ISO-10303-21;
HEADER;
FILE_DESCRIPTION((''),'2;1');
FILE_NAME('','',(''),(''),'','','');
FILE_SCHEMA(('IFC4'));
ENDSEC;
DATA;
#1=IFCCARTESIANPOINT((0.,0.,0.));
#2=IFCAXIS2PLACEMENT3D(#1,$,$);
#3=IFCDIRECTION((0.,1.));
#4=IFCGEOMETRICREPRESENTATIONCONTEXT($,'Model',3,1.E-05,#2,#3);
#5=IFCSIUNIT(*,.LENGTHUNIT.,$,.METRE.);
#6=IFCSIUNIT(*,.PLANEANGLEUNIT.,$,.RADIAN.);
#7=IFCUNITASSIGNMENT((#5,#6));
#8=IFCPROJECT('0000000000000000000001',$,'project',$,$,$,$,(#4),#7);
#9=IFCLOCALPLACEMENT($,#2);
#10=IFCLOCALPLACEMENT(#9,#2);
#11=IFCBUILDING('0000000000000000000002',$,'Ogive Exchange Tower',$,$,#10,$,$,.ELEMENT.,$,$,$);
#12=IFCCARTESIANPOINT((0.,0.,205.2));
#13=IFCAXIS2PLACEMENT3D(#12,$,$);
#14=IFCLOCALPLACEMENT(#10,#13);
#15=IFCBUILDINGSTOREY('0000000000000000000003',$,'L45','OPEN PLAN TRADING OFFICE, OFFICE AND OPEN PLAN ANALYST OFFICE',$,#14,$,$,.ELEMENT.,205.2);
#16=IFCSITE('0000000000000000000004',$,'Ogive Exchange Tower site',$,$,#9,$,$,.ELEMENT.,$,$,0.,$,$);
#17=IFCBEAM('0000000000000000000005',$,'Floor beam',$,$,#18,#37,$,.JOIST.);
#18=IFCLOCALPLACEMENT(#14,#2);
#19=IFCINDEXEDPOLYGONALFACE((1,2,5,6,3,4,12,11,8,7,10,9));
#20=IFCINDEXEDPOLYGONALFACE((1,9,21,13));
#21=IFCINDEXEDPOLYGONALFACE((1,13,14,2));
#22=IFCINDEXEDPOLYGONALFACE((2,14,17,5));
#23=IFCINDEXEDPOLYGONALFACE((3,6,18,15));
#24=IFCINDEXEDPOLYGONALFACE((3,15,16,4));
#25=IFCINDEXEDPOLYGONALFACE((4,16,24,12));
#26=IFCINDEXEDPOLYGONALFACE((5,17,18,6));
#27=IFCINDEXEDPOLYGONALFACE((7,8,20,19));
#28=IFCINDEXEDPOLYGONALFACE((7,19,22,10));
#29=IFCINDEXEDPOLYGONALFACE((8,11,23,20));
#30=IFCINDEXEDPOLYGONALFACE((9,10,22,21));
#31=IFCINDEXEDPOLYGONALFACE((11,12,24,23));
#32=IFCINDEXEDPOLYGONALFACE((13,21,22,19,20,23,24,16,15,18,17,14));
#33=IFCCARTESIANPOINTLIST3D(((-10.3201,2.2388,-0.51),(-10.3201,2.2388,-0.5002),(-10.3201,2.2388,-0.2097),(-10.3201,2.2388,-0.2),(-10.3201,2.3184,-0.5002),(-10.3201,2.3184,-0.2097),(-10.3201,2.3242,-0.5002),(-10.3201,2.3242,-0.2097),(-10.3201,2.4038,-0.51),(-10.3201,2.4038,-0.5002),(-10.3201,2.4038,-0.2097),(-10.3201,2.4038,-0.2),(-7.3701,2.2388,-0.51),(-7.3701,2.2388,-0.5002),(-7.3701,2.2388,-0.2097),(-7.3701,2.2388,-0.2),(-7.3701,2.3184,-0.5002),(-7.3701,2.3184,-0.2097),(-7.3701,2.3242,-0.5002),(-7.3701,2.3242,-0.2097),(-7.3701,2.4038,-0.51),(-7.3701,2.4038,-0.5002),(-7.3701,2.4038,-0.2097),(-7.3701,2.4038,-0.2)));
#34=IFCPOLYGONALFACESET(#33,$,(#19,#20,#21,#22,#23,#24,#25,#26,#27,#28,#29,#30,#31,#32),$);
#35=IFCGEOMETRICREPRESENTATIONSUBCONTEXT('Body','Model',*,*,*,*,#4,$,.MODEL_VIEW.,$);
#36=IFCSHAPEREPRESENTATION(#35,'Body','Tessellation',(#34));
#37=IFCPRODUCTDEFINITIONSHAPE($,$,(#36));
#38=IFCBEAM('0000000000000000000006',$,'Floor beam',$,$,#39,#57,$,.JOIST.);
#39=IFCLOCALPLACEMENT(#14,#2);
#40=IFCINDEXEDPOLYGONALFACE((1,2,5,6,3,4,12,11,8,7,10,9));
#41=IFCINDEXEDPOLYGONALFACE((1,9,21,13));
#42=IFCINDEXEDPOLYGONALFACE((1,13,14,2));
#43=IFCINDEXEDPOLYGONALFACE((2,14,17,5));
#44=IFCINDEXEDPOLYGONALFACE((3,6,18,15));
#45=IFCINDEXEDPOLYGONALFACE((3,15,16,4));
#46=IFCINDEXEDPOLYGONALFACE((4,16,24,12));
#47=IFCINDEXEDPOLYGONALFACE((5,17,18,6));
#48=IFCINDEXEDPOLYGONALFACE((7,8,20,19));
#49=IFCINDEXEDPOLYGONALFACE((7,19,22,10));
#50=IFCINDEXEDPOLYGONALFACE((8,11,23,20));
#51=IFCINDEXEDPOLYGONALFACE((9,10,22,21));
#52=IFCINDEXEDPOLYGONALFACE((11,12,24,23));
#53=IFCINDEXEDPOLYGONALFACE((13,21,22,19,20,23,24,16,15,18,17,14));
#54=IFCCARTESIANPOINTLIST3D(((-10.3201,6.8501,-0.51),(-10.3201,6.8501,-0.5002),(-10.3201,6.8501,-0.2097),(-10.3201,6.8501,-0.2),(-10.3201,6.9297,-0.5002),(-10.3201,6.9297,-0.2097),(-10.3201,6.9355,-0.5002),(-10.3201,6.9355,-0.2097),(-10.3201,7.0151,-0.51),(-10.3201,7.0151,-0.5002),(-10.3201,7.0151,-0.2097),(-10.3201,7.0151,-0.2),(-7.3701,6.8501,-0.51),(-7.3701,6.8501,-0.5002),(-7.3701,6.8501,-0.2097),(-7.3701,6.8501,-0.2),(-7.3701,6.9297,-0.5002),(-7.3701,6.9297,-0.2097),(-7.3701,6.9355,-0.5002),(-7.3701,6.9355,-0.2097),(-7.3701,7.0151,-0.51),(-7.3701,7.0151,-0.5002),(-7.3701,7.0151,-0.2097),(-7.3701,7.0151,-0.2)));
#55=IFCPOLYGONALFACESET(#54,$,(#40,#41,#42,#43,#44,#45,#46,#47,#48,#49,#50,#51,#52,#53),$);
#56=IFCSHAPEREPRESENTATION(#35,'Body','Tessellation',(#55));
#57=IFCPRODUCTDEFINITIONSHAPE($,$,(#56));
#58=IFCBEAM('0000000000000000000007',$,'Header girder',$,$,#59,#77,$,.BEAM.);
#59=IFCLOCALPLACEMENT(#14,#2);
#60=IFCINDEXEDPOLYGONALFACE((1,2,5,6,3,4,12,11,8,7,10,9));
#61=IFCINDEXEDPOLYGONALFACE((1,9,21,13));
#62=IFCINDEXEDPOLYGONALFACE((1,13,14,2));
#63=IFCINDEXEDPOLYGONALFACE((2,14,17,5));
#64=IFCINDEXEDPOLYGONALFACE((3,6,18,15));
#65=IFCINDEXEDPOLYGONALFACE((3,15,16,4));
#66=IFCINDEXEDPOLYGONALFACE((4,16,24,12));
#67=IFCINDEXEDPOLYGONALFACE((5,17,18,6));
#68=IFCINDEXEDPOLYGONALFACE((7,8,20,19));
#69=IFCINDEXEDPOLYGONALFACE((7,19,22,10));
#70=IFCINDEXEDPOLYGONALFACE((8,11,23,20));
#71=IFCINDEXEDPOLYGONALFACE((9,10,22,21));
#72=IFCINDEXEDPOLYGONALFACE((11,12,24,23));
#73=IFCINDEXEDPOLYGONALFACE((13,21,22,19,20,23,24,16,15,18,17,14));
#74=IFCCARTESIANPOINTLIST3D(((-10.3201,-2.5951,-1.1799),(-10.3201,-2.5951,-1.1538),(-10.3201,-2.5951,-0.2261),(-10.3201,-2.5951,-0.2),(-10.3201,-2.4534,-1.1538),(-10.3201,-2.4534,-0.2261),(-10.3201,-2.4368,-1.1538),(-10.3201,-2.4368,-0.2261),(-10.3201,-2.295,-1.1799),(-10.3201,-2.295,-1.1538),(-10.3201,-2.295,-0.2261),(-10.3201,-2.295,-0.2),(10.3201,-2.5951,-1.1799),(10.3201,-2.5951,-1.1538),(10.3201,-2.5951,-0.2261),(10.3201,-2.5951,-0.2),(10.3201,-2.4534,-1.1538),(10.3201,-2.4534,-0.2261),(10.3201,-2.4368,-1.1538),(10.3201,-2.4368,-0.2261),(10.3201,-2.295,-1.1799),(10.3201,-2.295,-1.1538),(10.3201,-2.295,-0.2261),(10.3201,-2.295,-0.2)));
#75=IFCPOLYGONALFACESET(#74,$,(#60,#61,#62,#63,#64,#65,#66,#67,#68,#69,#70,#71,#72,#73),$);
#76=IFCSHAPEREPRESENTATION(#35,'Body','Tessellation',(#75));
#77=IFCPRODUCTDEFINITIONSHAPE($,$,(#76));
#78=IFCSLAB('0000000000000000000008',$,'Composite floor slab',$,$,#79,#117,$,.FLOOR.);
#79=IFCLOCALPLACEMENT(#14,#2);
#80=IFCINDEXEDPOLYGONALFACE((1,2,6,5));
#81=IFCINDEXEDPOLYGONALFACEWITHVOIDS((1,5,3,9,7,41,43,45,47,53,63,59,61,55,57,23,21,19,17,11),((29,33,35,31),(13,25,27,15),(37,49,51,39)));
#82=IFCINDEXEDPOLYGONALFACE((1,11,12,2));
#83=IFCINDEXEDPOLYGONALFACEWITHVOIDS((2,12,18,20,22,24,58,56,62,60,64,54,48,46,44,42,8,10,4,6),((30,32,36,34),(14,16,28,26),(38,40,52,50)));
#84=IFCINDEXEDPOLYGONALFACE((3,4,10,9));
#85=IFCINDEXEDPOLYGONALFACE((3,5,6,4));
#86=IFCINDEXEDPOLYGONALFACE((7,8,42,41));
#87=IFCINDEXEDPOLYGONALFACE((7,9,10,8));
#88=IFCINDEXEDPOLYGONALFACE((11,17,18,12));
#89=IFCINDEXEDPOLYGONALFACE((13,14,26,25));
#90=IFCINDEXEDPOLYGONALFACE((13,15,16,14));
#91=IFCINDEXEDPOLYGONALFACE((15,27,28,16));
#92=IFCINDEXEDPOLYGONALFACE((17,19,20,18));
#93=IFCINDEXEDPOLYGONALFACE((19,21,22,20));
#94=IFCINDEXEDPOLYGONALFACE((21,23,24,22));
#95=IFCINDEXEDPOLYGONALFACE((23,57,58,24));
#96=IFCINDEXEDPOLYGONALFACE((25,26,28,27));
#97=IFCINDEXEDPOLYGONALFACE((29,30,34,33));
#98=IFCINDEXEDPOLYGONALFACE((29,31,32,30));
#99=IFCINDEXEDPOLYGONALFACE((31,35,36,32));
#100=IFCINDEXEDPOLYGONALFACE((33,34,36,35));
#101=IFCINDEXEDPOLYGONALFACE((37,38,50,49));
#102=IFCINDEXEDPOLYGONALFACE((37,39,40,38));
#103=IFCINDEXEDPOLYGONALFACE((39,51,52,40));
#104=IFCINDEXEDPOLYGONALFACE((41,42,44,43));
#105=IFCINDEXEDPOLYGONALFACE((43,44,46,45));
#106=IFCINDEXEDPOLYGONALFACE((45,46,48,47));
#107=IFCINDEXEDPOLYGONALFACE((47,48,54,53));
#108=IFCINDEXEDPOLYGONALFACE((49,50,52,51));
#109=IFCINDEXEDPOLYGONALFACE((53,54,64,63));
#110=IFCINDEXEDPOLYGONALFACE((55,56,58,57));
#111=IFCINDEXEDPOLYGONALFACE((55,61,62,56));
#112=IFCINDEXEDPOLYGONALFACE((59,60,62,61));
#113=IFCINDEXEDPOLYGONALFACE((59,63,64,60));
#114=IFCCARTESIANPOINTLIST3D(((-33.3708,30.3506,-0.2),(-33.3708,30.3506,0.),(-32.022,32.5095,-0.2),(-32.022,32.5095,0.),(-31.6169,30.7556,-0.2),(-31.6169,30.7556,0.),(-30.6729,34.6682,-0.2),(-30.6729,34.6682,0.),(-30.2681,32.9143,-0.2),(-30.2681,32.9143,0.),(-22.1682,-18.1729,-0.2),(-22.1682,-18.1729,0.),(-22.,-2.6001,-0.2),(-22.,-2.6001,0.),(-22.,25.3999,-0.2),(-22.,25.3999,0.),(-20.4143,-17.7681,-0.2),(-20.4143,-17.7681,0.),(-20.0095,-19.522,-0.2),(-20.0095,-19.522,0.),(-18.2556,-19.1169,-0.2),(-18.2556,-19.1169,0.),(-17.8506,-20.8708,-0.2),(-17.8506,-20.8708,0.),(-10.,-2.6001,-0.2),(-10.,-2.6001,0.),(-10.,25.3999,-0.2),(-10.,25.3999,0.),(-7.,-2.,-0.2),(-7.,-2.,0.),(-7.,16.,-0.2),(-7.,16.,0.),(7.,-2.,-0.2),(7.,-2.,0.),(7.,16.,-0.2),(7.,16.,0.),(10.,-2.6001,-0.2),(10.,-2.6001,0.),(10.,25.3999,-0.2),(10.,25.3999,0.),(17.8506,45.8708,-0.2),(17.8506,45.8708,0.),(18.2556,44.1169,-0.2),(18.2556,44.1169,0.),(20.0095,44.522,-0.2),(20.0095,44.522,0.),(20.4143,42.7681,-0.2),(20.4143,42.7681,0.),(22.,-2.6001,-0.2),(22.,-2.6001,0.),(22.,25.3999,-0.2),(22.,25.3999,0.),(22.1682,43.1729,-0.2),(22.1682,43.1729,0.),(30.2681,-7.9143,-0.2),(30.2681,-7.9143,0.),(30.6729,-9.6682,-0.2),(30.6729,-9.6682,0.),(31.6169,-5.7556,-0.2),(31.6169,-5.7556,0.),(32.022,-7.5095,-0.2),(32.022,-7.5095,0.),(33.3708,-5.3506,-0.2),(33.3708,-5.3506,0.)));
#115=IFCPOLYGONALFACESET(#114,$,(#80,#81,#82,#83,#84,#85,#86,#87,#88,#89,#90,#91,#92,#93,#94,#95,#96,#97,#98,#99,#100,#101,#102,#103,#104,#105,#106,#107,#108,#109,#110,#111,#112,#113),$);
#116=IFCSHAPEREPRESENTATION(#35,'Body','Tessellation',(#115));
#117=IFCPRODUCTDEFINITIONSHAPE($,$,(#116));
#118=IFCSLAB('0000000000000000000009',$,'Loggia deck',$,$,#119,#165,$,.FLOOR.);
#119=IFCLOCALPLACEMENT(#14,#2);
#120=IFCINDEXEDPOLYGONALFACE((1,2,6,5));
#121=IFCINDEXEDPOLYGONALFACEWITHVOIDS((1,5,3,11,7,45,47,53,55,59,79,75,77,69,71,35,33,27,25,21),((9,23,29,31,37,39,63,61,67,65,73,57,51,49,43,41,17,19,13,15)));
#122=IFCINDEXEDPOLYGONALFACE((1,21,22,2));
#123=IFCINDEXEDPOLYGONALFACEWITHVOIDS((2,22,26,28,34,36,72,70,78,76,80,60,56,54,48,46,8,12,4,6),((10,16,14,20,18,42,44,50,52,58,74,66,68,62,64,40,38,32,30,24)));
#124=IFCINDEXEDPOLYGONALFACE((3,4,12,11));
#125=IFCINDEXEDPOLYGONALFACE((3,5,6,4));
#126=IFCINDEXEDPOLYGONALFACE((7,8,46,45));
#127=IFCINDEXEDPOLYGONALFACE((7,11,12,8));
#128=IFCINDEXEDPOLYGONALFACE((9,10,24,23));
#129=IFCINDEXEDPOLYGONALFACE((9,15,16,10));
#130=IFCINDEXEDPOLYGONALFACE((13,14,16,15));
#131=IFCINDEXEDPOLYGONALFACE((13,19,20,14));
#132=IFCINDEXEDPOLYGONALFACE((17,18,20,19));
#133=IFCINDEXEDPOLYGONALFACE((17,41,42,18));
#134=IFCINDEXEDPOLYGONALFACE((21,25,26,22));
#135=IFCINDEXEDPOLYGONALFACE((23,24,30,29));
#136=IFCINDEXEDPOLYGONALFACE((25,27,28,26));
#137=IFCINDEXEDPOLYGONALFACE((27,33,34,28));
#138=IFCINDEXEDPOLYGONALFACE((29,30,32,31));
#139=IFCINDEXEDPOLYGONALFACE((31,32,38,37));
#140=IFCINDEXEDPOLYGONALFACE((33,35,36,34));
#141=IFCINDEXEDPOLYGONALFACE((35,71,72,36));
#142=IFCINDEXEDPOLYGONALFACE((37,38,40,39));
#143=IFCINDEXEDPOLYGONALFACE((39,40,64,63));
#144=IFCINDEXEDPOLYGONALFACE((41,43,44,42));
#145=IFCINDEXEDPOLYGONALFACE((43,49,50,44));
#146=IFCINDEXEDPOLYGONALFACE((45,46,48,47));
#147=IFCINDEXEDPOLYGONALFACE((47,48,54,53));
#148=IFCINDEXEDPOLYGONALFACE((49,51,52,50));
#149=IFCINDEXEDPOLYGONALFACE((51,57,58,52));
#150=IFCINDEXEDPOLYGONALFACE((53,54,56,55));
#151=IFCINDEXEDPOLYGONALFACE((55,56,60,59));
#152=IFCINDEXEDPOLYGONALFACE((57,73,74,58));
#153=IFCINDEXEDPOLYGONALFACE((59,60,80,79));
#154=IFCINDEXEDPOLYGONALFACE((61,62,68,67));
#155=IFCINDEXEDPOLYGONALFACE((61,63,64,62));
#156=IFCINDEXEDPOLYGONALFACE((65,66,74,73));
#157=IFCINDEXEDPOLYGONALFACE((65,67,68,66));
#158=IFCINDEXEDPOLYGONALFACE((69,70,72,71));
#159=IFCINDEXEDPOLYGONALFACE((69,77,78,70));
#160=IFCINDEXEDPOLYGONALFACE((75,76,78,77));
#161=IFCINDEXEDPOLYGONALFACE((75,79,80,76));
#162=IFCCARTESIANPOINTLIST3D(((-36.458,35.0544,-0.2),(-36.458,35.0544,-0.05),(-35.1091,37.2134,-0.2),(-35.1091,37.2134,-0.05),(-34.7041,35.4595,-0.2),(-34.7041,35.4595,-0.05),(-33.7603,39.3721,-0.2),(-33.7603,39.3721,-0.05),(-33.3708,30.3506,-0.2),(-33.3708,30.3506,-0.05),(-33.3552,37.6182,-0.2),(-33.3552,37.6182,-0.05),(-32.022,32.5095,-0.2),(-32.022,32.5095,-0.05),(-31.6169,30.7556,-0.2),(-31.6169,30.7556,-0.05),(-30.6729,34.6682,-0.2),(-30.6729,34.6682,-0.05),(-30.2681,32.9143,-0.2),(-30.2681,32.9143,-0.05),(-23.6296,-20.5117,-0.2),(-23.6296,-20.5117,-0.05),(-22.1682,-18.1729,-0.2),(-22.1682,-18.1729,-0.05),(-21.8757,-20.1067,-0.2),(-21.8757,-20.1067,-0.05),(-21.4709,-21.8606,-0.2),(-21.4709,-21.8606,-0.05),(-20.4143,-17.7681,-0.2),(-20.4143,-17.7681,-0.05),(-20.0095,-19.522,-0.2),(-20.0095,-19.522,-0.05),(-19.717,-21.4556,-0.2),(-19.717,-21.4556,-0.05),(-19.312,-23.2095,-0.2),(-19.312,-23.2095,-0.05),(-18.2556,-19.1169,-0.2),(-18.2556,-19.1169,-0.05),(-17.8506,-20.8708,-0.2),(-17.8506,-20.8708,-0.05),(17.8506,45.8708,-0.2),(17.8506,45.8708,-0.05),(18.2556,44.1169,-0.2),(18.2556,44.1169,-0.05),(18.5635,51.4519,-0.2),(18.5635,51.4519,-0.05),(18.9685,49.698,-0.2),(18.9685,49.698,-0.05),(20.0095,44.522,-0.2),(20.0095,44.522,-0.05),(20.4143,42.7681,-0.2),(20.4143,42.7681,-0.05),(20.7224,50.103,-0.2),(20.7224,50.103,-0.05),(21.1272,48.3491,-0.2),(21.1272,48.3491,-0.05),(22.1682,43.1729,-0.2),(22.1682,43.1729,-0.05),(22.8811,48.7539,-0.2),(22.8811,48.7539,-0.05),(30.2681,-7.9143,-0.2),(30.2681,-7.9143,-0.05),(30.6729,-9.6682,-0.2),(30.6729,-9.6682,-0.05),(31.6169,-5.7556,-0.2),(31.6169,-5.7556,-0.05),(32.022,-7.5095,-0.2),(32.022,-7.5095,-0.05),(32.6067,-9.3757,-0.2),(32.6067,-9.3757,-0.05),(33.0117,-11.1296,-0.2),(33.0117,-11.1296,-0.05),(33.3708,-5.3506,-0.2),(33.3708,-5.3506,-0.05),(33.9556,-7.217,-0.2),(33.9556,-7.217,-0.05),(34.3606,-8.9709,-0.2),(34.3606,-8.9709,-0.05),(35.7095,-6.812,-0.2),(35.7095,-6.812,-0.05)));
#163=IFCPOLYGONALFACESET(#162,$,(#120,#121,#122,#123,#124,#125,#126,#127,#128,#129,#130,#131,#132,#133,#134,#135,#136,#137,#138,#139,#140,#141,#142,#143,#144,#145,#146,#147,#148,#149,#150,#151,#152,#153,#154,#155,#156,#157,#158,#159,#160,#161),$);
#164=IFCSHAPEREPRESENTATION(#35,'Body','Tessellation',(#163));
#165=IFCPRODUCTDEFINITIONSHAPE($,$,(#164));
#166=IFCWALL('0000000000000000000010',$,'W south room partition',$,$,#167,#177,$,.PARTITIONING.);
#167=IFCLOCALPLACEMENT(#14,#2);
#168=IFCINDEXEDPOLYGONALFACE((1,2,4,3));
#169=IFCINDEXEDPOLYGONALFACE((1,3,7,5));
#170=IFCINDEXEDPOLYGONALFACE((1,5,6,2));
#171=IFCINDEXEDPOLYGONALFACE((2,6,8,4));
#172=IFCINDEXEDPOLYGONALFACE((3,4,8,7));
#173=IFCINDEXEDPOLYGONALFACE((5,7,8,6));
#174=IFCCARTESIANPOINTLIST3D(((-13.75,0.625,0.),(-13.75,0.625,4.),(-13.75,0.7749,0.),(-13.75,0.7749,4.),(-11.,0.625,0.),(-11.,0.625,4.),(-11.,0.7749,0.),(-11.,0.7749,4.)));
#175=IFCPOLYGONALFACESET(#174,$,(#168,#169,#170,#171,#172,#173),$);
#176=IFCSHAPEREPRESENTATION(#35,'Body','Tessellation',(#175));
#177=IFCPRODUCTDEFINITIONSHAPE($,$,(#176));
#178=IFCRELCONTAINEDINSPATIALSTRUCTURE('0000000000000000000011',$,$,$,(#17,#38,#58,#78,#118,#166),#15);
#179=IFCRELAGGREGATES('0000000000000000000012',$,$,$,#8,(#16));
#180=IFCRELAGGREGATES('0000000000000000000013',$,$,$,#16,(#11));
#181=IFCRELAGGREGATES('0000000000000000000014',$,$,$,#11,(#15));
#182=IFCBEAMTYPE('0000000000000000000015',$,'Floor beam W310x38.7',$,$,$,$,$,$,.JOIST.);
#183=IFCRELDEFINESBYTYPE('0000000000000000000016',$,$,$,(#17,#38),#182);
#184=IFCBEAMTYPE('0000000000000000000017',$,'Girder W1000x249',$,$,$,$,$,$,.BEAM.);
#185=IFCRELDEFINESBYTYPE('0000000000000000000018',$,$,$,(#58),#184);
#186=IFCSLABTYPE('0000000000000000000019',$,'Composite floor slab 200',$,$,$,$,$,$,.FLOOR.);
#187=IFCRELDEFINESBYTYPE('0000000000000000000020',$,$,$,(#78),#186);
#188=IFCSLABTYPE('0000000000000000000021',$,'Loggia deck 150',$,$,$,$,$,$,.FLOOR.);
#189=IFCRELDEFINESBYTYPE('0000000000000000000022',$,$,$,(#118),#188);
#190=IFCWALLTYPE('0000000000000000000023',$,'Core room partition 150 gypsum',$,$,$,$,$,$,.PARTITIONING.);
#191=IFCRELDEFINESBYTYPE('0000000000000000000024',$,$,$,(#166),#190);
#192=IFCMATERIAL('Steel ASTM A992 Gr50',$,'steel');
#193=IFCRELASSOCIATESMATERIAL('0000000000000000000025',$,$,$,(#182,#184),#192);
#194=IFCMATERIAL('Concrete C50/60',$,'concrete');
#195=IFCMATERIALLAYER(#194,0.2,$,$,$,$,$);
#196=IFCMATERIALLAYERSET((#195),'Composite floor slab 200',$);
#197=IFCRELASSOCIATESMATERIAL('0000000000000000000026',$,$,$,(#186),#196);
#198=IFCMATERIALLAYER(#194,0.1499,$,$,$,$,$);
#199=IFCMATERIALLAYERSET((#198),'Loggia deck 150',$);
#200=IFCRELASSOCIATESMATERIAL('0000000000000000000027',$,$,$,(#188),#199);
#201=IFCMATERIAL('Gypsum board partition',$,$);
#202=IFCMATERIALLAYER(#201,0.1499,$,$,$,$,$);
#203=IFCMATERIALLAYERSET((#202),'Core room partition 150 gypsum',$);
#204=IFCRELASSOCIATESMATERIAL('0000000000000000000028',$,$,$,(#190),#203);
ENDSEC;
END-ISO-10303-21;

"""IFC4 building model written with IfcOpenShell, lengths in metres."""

from ifc_helpers import new_model, si_unit, direction, frame, frame_2d, origin, origin_2d, place, context, subcontext, project, spatial, polyline, rectangle, i_section, outline, extrude, material, layer, layer_set, material_profile, profile_set, type_object, element, save


model = new_model("IFC4")

# Units and contexts
model_context = context("Model", 3, precision=1e-05, world=origin(), true_north=direction((0.0, 1.0)))
body_context = subcontext(model_context, "Body", "Model", "MODEL_VIEW")
ifc_project = project(units=[si_unit("LENGTHUNIT", "METRE"), si_unit("PLANEANGLEUNIT", "RADIAN")], contexts=[model_context])

# Site, building, storey
site_placement = place(None, origin())
site = spatial("IfcSite", under=ifc_project, at=site_placement, Name="Ogive Exchange Tower site", CompositionType="ELEMENT", RefElevation=0.0)
building_placement = place(site_placement, origin())
building = spatial("IfcBuilding", under=site, at=building_placement, Name="Ogive Exchange Tower", CompositionType="ELEMENT")
storey_placement = place(building_placement, frame((0.0, 0.0, 205.2)))
storey = spatial("IfcBuildingStorey", under=building, at=storey_placement, Name="L45", Description="OPEN PLAN TRADING OFFICE, OFFICE AND OPEN PLAN ANALYST OFFICE", CompositionType="ELEMENT", Elevation=205.2)

# Beams
ifc_material_1 = material(Name="Steel ASTM A992 Gr50", Category="steel")
ifc_material_profile_1 = material_profile(ifc_material_1, i_section(OverallWidth=0.165, OverallDepth=0.3101, WebThickness=0.0059, FlangeThickness=0.0098, at=origin_2d()), Name="W310x38.7")
ifc_profile_set_1 = profile_set([ifc_material_profile_1], Name="Steel ASTM A992 Gr50")
beam_type_1 = type_object("IfcBeamType", Name="Floor beam W310x38.7", PredefinedType="JOIST", material=ifc_profile_set_1)
for number, where, z_axis, x_axis, name in (
    (1, (-10.3201, 2.3213, -0.355), (1.0, 0.0, 0.0), (0.0, 1.0, 0.0), "Floor beam"),
    (2, (-10.3201, 6.9326, -0.355), (1.0, 0.0, 0.0), (0.0, 1.0, 0.0), "Floor beam"),
):
    element("IfcBeam", number, at=place(storey_placement, frame(where, z_axis=z_axis, x_axis=x_axis)), inside=storey, type_object=beam_type_1, Name=name, PredefinedType="JOIST", context=body_context, shape_type="SweptSolid", body=[
        extrude(i_section(OverallWidth=0.165, OverallDepth=0.3101, WebThickness=0.0059, FlangeThickness=0.0098, at=origin_2d()), origin(), (0.0, 0.0, 1.0), 2.95),
    ])
ifc_material_profile_2 = material_profile(ifc_material_1, i_section(OverallWidth=0.3, OverallDepth=0.98, WebThickness=0.0166, FlangeThickness=0.0261, at=origin_2d()), Name="W1000x249")
ifc_profile_set_2 = profile_set([ifc_material_profile_2], Name="Steel ASTM A992 Gr50")
beam_type_2 = type_object("IfcBeamType", Name="Girder W1000x249", PredefinedType="BEAM", material=ifc_profile_set_2)
beam_placement = place(storey_placement, frame((-10.3201, -2.4451, -0.6899), z_axis=(1.0, 0.0, 0.0), x_axis=(0.0, 1.0, 0.0)))
element("IfcBeam", 3, at=beam_placement, inside=storey, type_object=beam_type_2, Name="Header girder", PredefinedType="BEAM", context=body_context, shape_type="SweptSolid", body=[
    extrude(i_section(OverallWidth=0.3, OverallDepth=0.98, WebThickness=0.0166, FlangeThickness=0.0261, at=origin_2d()), origin(), (0.0, 0.0, 1.0), 20.6401),
])

# Slabs
ifc_material_2 = material(Name="Concrete C50/60", Category="concrete")
ifc_layer_1 = layer(ifc_material_2, 0.2)
ifc_layer_set_1 = layer_set([ifc_layer_1], Name="Composite floor slab 200")
slab_type_1 = type_object("IfcSlabType", Name="Composite floor slab 200", PredefinedType="FLOOR", material=ifc_layer_set_1)
slab_1_placement = place(storey_placement, frame((0.0, 0.0, -0.2)))
element("IfcSlab", 4, at=slab_1_placement, inside=storey, type_object=slab_type_1, Name="Composite floor slab", PredefinedType="FLOOR", context=body_context, shape_type="SweptSolid", body=[
    extrude(outline(polyline([(-18.2556, -19.1169), (-20.0095, -19.522), (-20.4143, -17.7681), (-22.1682, -18.1729), (-33.3708, 30.3506), (-31.6169, 30.7556), (-32.022, 32.5095), (-30.2681, 32.9143), (-30.6729, 34.6682), (17.8506, 45.8708), (18.2556, 44.1169), (20.0095, 44.522), (20.4143, 42.7681), (22.1682, 43.1729), (33.3708, -5.3506), (31.6169, -5.7556), (32.022, -7.5095), (30.2681, -7.9143), (30.6729, -9.6682), (-17.8506, -20.8708), (-18.2556, -19.1169)]), holes=[polyline([(7.0, -2.0), (7.0, 16.0), (-7.0, 16.0), (-7.0, -2.0), (7.0, -2.0)]), polyline([(-22.0, -2.6001), (-10.0, -2.6001), (-10.0, 25.3999), (-22.0, 25.3999), (-22.0, -2.6001)]), polyline([(10.0, -2.6001), (22.0, -2.6001), (22.0, 25.3999), (10.0, 25.3999), (10.0, -2.6001)])]), origin(), (0.0, 0.0, 1.0), 0.2),
])
ifc_layer_2 = layer(ifc_material_2, 0.1499)
ifc_layer_set_2 = layer_set([ifc_layer_2], Name="Loggia deck 150")
slab_type_2 = type_object("IfcSlabType", Name="Loggia deck 150", PredefinedType="FLOOR", material=ifc_layer_set_2)
slab_2_placement = place(storey_placement, frame((0.0, 0.0, -0.2)))
element("IfcSlab", 5, at=slab_2_placement, inside=storey, type_object=slab_type_2, Name="Loggia deck", PredefinedType="FLOOR", context=body_context, shape_type="SweptSolid", body=[
    extrude(outline(polyline([(-19.717, -21.4556), (-21.4709, -21.8606), (-21.8757, -20.1067), (-23.6296, -20.5117), (-36.458, 35.0544), (-34.7041, 35.4595), (-35.1091, 37.2134), (-33.3552, 37.6182), (-33.7603, 39.3721), (18.5635, 51.4519), (18.9685, 49.698), (20.7224, 50.103), (21.1272, 48.3491), (22.8811, 48.7539), (35.7095, -6.812), (33.9556, -7.217), (34.3606, -8.9709), (32.6067, -9.3757), (33.0117, -11.1296), (-19.312, -23.2095), (-19.717, -21.4556)]), holes=[polyline([(30.2681, -7.9143), (32.022, -7.5095), (31.6169, -5.7556), (33.3708, -5.3506), (22.1682, 43.1729), (20.4143, 42.7681), (20.0095, 44.522), (18.2556, 44.1169), (17.8506, 45.8708), (-30.6729, 34.6682), (-30.2681, 32.9143), (-32.022, 32.5095), (-31.6169, 30.7556), (-33.3708, 30.3506), (-22.1682, -18.1729), (-20.4143, -17.7681), (-20.0095, -19.522), (-18.2556, -19.1169), (-17.8506, -20.8708), (30.6729, -9.6682), (30.2681, -7.9143)])]), origin(), (0.0, 0.0, 1.0), 0.1499),
])

# Wall
ifc_material_3 = material(Name="Gypsum board partition")
ifc_layer_3 = layer(ifc_material_3, 0.1499)
ifc_layer_set_3 = layer_set([ifc_layer_3], Name="Core room partition 150 gypsum")
wall_type_1 = type_object("IfcWallType", Name="Core room partition 150 gypsum", PredefinedType="PARTITIONING", material=ifc_layer_set_3)
wall_1_placement = place(storey_placement, frame((-13.75, 0.7, 0.0), z_axis=(0.0, 0.0, 1.0), x_axis=(1.0, 0.0, 0.0)))
element("IfcWall", 6, at=wall_1_placement, inside=storey, type_object=wall_type_1, Name="W south room partition", PredefinedType="PARTITIONING", context=body_context, shape_type="SweptSolid", body=[
    extrude(rectangle(XDim=2.75, YDim=0.1499, at=frame_2d((1.375, 0.0))), origin(), (0.0, 0.0, 1.0), 4.0),
])

save(model, "model.ifc")
